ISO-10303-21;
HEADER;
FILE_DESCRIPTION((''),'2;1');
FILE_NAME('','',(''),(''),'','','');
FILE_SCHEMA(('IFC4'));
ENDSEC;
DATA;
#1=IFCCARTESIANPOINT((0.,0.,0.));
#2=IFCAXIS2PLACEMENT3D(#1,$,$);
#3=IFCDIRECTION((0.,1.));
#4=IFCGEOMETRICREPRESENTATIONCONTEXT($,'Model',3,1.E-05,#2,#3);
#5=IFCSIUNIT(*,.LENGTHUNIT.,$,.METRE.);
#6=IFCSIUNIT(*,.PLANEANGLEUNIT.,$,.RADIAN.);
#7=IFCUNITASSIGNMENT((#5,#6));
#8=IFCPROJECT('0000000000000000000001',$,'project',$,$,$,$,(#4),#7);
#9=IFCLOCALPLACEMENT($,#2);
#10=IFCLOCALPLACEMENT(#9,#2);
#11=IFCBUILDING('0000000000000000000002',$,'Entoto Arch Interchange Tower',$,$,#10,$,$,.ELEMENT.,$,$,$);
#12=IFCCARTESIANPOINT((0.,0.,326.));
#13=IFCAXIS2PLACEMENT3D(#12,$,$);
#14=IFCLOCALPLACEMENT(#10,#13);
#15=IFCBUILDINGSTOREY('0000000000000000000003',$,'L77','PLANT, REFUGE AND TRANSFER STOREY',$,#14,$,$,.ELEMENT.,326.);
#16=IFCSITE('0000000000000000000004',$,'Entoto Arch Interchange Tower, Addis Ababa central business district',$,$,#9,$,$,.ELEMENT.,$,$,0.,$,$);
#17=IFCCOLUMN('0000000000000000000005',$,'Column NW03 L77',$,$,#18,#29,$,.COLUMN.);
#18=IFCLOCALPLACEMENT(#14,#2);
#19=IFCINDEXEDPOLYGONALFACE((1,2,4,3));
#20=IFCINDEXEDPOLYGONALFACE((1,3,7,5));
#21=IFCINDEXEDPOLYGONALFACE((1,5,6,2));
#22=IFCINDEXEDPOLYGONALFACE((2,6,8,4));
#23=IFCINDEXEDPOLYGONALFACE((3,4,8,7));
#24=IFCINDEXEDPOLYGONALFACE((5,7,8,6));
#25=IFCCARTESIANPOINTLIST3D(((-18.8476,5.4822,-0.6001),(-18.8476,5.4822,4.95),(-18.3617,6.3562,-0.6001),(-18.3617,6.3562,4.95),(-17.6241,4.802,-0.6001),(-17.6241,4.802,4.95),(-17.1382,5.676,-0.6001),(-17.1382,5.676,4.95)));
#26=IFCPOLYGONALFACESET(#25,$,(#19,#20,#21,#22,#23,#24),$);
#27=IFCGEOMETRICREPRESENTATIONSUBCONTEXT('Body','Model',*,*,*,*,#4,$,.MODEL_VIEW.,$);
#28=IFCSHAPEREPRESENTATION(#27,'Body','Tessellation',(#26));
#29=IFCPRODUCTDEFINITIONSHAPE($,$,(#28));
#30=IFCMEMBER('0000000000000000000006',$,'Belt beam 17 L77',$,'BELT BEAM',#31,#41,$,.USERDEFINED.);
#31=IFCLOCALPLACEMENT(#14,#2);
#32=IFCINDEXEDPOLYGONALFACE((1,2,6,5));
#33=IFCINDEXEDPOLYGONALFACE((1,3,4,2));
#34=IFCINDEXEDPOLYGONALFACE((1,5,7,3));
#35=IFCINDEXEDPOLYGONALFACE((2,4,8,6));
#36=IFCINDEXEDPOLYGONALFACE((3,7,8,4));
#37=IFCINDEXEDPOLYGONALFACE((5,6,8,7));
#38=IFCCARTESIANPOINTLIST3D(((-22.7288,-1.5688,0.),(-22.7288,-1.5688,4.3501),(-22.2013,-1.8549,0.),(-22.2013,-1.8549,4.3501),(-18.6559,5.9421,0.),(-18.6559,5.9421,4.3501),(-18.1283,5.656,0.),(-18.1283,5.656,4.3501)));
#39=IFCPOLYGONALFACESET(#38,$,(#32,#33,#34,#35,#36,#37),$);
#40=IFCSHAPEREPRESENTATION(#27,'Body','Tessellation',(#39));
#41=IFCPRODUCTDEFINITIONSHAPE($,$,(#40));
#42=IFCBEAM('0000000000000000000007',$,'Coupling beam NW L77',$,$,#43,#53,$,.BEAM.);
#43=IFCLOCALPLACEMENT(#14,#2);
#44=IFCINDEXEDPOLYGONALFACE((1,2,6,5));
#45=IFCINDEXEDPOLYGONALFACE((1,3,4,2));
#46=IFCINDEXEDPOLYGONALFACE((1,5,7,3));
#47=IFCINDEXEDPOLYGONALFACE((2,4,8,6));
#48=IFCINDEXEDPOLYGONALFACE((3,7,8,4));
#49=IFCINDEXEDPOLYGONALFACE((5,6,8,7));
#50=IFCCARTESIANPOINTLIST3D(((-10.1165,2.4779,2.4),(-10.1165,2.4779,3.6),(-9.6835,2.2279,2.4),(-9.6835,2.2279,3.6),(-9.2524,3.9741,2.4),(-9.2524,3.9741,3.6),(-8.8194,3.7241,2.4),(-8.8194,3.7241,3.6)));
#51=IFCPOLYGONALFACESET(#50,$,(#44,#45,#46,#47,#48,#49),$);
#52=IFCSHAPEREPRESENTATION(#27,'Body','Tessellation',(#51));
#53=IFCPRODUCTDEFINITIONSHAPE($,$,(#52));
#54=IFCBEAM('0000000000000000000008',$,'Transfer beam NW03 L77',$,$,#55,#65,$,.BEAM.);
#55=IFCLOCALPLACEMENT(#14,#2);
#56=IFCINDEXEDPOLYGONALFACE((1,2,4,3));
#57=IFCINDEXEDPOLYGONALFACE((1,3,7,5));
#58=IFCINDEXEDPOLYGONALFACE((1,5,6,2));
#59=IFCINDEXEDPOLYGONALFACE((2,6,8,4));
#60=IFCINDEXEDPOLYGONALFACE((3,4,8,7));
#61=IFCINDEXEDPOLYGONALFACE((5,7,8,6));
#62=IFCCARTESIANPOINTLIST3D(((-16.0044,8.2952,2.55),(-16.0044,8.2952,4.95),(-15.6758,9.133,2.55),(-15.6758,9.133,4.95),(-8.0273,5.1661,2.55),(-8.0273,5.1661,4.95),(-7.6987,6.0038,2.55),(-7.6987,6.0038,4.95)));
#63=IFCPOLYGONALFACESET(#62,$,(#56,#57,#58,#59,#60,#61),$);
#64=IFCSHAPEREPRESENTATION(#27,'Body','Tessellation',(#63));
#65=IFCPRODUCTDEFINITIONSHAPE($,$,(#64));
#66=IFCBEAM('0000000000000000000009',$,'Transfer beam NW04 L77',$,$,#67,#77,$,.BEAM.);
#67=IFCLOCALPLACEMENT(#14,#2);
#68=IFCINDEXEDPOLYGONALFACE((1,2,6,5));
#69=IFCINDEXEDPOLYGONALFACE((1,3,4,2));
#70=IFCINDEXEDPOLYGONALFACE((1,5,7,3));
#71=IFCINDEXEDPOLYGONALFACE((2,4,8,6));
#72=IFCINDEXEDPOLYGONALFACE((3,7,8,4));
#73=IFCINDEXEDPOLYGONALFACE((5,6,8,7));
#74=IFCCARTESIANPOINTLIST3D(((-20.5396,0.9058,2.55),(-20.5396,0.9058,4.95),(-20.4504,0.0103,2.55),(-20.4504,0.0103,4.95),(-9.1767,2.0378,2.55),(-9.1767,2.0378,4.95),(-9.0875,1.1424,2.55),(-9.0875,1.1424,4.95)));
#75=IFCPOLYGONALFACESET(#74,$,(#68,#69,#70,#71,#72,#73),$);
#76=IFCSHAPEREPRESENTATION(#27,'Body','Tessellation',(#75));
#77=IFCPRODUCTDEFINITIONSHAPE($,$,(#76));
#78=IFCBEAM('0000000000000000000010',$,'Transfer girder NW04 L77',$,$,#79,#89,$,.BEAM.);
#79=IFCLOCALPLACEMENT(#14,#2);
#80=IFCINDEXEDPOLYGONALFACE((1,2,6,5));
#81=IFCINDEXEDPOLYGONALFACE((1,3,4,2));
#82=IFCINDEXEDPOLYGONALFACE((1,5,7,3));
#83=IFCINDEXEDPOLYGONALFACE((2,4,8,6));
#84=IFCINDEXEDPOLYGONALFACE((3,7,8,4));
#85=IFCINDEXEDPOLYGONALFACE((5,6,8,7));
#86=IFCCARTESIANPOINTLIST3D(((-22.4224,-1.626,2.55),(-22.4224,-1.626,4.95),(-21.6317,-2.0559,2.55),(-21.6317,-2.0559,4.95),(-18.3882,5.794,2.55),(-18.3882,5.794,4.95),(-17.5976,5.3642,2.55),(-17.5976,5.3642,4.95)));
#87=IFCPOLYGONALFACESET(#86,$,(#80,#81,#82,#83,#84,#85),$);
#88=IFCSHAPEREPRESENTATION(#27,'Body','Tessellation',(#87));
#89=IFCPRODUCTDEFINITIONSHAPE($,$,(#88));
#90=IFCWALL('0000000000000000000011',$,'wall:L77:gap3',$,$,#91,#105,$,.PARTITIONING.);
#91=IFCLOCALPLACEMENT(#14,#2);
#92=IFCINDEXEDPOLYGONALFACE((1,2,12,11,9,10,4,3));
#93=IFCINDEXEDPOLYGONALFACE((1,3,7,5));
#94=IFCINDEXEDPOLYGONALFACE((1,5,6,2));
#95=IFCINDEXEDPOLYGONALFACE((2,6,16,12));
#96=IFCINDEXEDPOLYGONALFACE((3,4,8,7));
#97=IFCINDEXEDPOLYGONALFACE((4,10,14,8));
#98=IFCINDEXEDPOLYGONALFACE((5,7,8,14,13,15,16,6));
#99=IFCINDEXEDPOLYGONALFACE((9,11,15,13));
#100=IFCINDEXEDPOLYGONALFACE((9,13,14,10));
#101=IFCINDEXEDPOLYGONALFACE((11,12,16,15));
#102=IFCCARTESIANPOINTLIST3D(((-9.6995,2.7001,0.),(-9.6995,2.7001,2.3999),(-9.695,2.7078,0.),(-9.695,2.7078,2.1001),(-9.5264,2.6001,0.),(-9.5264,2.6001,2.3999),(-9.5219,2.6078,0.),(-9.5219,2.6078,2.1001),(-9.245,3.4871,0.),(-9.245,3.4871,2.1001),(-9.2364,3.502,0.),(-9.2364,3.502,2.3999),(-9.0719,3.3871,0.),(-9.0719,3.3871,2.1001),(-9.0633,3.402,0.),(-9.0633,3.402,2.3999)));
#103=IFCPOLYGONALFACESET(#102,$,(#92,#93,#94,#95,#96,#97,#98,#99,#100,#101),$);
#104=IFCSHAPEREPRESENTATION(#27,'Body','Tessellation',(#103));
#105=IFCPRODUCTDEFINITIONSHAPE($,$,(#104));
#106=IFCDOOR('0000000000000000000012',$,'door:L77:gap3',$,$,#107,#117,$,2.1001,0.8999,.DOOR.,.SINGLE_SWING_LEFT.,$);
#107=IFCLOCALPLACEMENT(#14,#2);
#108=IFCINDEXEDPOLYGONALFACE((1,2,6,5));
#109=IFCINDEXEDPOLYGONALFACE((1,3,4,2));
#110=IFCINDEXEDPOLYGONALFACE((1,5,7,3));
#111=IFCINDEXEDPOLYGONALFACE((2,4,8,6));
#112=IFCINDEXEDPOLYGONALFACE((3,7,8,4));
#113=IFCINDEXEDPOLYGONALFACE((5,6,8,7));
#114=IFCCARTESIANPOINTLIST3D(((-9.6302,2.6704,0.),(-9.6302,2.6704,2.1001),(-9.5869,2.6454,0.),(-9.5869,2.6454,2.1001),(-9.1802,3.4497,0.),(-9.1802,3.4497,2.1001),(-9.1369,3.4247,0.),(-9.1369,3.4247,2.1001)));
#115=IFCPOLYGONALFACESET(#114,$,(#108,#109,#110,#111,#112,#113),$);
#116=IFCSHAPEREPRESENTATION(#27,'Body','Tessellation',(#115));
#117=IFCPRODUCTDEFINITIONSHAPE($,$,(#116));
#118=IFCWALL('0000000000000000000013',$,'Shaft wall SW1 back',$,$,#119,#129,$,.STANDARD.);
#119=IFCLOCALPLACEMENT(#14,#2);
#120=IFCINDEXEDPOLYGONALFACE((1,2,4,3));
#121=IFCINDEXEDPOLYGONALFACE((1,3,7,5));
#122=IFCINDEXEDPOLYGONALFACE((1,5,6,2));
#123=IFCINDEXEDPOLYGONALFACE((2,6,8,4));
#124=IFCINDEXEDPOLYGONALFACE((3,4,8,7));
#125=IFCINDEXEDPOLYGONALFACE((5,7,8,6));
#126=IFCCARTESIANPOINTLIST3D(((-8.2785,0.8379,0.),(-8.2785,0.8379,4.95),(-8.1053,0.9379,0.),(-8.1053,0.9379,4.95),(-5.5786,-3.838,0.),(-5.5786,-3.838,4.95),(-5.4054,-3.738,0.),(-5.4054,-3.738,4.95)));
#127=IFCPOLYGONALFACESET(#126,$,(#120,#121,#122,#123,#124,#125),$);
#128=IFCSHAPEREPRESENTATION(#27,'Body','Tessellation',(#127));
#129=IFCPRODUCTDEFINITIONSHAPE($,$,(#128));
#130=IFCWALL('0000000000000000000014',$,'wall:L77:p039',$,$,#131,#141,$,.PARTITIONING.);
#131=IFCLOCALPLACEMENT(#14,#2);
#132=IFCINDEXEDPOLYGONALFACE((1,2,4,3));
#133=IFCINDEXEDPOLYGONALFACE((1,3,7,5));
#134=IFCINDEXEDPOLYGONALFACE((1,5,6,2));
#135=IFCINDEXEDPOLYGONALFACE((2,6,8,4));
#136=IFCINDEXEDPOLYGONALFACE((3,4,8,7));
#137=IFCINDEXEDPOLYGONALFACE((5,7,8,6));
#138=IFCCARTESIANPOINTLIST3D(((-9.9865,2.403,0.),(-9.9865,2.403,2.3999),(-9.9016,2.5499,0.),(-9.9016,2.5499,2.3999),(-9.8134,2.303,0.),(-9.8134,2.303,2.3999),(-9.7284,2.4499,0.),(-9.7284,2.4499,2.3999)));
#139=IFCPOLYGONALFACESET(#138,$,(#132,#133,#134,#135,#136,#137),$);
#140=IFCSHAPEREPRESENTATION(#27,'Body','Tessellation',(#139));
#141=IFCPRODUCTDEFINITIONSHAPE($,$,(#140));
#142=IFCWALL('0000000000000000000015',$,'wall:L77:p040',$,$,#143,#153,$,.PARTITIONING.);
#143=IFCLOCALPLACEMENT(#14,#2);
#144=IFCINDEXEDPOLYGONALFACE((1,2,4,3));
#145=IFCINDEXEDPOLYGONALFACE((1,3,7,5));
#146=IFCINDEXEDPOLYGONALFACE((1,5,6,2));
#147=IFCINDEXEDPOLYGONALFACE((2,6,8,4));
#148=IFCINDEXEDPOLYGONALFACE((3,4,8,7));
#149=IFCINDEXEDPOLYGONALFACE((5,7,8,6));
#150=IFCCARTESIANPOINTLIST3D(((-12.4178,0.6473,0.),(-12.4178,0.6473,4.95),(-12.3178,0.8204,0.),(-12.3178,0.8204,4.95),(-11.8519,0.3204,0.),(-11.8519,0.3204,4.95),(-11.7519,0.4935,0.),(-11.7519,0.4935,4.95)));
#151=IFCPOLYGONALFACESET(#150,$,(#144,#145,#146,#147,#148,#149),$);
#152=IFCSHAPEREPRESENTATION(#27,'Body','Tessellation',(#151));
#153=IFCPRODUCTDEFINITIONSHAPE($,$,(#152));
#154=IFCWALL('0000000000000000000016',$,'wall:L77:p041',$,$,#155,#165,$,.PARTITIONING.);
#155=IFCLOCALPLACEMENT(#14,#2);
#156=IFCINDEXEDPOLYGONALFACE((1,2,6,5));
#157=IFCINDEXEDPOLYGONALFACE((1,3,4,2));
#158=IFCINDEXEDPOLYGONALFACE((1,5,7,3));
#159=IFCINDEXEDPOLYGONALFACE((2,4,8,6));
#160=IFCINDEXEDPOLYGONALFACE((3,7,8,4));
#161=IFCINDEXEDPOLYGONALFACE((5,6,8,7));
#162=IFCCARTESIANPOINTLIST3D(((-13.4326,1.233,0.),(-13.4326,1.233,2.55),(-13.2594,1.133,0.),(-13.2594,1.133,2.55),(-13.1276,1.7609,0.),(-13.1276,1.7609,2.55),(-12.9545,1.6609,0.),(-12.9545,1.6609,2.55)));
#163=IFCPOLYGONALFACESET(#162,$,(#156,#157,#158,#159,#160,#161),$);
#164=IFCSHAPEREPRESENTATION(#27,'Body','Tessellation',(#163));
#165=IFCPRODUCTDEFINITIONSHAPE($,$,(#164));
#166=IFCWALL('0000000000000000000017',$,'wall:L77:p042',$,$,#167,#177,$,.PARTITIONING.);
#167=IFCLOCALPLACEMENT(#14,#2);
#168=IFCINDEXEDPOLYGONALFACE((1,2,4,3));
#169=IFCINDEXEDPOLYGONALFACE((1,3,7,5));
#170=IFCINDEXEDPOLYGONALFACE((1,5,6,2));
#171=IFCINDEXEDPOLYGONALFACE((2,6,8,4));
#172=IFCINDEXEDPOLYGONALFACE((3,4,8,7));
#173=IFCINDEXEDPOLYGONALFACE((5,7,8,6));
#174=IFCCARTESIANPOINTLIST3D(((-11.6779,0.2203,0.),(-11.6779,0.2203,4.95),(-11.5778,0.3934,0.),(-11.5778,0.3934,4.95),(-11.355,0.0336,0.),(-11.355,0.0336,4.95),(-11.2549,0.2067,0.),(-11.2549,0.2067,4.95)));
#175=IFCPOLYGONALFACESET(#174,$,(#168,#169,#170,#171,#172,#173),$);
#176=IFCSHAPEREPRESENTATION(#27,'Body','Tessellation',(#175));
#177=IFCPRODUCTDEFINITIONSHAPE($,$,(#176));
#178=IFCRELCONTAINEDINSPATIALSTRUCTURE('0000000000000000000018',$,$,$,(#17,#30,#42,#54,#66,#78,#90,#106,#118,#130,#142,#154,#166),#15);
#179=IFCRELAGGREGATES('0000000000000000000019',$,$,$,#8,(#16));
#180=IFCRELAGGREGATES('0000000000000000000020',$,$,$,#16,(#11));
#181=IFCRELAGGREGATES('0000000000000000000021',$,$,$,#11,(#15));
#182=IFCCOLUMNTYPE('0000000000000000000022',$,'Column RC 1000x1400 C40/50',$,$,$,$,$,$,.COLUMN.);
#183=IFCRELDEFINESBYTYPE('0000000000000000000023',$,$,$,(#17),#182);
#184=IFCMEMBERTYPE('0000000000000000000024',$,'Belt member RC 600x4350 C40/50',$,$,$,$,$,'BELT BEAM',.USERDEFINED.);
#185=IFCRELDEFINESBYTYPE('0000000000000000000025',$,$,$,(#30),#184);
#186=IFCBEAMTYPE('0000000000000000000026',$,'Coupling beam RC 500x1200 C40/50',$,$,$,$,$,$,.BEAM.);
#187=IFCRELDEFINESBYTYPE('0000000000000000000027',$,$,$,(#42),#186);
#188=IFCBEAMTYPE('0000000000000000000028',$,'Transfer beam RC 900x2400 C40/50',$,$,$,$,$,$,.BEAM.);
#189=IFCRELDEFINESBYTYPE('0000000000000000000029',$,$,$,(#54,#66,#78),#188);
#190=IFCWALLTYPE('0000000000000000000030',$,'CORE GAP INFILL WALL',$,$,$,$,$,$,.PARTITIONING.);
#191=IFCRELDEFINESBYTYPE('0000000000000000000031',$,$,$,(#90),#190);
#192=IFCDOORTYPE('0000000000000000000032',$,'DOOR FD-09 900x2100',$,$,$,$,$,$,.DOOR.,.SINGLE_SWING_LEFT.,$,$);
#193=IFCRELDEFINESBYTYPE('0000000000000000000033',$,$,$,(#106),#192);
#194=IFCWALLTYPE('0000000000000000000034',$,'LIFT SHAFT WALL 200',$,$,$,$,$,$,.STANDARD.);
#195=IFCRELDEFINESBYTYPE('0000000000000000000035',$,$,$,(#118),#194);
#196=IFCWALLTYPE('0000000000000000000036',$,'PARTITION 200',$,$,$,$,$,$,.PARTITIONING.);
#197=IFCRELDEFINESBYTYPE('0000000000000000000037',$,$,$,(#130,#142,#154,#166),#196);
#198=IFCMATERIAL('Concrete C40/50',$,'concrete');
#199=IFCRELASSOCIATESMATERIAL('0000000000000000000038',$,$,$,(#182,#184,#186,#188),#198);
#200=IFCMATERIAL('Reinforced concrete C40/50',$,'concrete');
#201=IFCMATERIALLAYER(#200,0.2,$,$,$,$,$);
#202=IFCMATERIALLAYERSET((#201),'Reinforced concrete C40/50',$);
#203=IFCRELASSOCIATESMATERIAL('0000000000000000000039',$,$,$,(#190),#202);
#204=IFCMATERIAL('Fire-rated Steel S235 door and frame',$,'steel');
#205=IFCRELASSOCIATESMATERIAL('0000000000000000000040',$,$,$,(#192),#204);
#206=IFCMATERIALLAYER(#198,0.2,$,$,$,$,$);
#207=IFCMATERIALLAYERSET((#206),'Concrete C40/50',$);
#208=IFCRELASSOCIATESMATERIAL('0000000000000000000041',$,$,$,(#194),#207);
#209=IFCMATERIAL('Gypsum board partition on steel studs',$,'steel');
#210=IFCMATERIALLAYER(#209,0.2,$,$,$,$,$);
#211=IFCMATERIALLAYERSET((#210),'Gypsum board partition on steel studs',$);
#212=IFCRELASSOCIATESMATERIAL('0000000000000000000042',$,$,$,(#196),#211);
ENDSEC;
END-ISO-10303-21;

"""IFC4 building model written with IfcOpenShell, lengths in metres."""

from ifc_helpers import new_model, si_unit, direction, frame, frame_2d, origin, origin_2d, place, context, subcontext, project, spatial, rectangle, extrude, material, layer, layer_set, material_profile, profile_set, type_object, element, fill, save


model = new_model("IFC4")

# Units and contexts
model_context = context("Model", 3, precision=1e-05, world=origin(), true_north=direction((0.0, 1.0)))
body_context = subcontext(model_context, "Body", "Model", "MODEL_VIEW")
ifc_project = project(units=[si_unit("LENGTHUNIT", "METRE"), si_unit("PLANEANGLEUNIT", "RADIAN")], contexts=[model_context])

# Site, building, storey
site_placement = place(None, origin())
site = spatial("IfcSite", under=ifc_project, at=site_placement, Name="Entoto Arch Interchange Tower, Addis Ababa central business district", CompositionType="ELEMENT", RefElevation=0.0)
building_placement = place(site_placement, origin())
building = spatial("IfcBuilding", under=site, at=building_placement, Name="Entoto Arch Interchange Tower", CompositionType="ELEMENT")
storey_placement = place(building_placement, frame((0.0, 0.0, 326.0)))
storey = spatial("IfcBuildingStorey", under=building, at=storey_placement, Name="L77", Description="PLANT, REFUGE AND TRANSFER STOREY", CompositionType="ELEMENT", Elevation=326.0)

# Column
ifc_material_1 = material(Name="Concrete C40/50", Category="concrete")
ifc_material_profile_1 = material_profile(ifc_material_1, rectangle(XDim=1.0, YDim=1.3999, at=origin_2d()))
ifc_profile_set_1 = profile_set([ifc_material_profile_1], Name="Concrete C40/50")
column_type = type_object("IfcColumnType", Name="Column RC 1000x1400 C40/50", PredefinedType="COLUMN", material=ifc_profile_set_1)
column_placement = place(storey_placement, frame((-17.9929, 5.5791, -0.6001), z_axis=(0.0, 0.0, 1.0), x_axis=(0.485924, 0.874001, 0.0)))
element("IfcColumn", 1, at=column_placement, inside=storey, type_object=column_type, Name="Column NW03 L77", PredefinedType="COLUMN", context=body_context, shape_type="SweptSolid", body=[
    extrude(rectangle(XDim=1.0, YDim=1.3999, at=origin_2d()), origin(), (0.0, 0.0, 1.0), 5.55),
])

# Member
ifc_material_profile_2 = material_profile(ifc_material_1, rectangle(XDim=0.6001, YDim=4.3501, at=origin_2d()))
ifc_profile_set_2 = profile_set([ifc_material_profile_2], Name="Concrete C40/50")
member_type = type_object("IfcMemberType", Name="Belt member RC 600x4350 C40/50", ElementType="BELT BEAM", PredefinedType="USERDEFINED", material=ifc_profile_set_2)
member_placement = place(storey_placement, frame((-18.3921, 5.7991, 2.175), z_axis=(-0.476695, -0.879069, 0.0), x_axis=(0.879069, -0.476695, 0.0)))
element("IfcMember", 2, at=member_placement, inside=storey, type_object=member_type, Name="Belt beam 17 L77", ObjectType="BELT BEAM", PredefinedType="USERDEFINED", context=body_context, shape_type="SweptSolid", body=[
    extrude(rectangle(XDim=0.6001, YDim=4.3501, at=origin_2d()), origin(), (0.0, 0.0, 1.0), 8.5442),
])

# Beams
ifc_material_profile_3 = material_profile(ifc_material_1, rectangle(XDim=0.5, YDim=1.2, at=origin_2d()))
ifc_profile_set_3 = profile_set([ifc_material_profile_3], Name="Concrete C40/50")
beam_type_1 = type_object("IfcBeamType", Name="Coupling beam RC 500x1200 C40/50", PredefinedType="BEAM", material=ifc_profile_set_3)
beam_1_placement = place(storey_placement, frame((-9.0359, 3.8491, 3.0), z_axis=(-0.500106, -0.865964, 0.0), x_axis=(0.865964, -0.500106, 0.0)))
element("IfcBeam", 3, at=beam_1_placement, inside=storey, type_object=beam_type_1, Name="Coupling beam NW L77", PredefinedType="BEAM", context=body_context, shape_type="SweptSolid", body=[
    extrude(rectangle(XDim=0.5, YDim=1.2, at=origin_2d()), origin(), (0.0, 0.0, 1.0), 1.7278),
])
ifc_material_profile_4 = material_profile(ifc_material_1, rectangle(XDim=0.8999, YDim=2.3999, at=origin_2d()))
ifc_profile_set_4 = profile_set([ifc_material_profile_4], Name="Concrete C40/50")
beam_type_2 = type_object("IfcBeamType", Name="Transfer beam RC 900x2400 C40/50", PredefinedType="BEAM", material=ifc_profile_set_4)
beam_2_placement = place(storey_placement, frame((-7.863, 5.585, 3.75), z_axis=(-0.930938, 0.365178, 0.0), x_axis=(-0.365178, -0.930938, 0.0)))
element("IfcBeam", 4, at=beam_2_placement, inside=storey, type_object=beam_type_2, Name="Transfer beam NW03 L77", PredefinedType="BEAM", context=body_context, shape_type="SweptSolid", body=[
    extrude(rectangle(XDim=0.8999, YDim=2.3999, at=origin_2d()), origin(), (0.0, 0.0, 1.0), 8.5688),
])
beam_3_placement = place(storey_placement, frame((-9.1321, 1.5901, 3.75), z_axis=(-0.995074, -0.099138, 0.0), x_axis=(0.099138, -0.995074, 0.0)))
element("IfcBeam", 5, at=beam_3_placement, inside=storey, type_object=beam_type_2, Name="Transfer beam NW04 L77", PredefinedType="BEAM", context=body_context, shape_type="SweptSolid", body=[
    extrude(rectangle(XDim=0.8999, YDim=2.3999, at=origin_2d()), origin(), (0.0, 0.0, 1.0), 11.4192),
])
beam_4_placement = place(storey_placement, frame((-17.9929, 5.5791, 3.75), z_axis=(-0.477649, -0.878551, 0.0), x_axis=(0.878551, -0.477649, 0.0)))
element("IfcBeam", 6, at=beam_4_placement, inside=storey, type_object=beam_type_2, Name="Transfer girder NW04 L77", PredefinedType="BEAM", context=body_context, shape_type="SweptSolid", body=[
    extrude(rectangle(XDim=0.8999, YDim=2.3999, at=origin_2d()), origin(), (0.0, 0.0, 1.0), 8.4458),
])

# Wall, opening, door
ifc_material_2 = material(Name="Reinforced concrete C40/50", Category="concrete")
ifc_layer_1 = layer(ifc_material_2, 0.2)
ifc_layer_set_1 = layer_set([ifc_layer_1], Name="Reinforced concrete C40/50")
wall_type_1 = type_object("IfcWallType", Name="CORE GAP INFILL WALL", PredefinedType="PARTITIONING", material=ifc_layer_set_1)
wall_1_placement = place(storey_placement, frame((-9.1499, 3.4519, 0.0), z_axis=(0.0, 0.0, 1.0), x_axis=(-0.50008, -0.865979, 0.0)))
wall_1 = element("IfcWall", 7, at=wall_1_placement, inside=storey, type_object=wall_type_1, Name="wall:L77:gap3", PredefinedType="PARTITIONING", context=body_context, shape_type="SweptSolid", body=[
    extrude(rectangle(XDim=0.926, YDim=0.2, at=frame_2d((0.4629, 0.0))), origin(), (0.0, 0.0, 1.0), 2.3999),
])
opening_1_placement = place(wall_1_placement, frame((0.0171, 0.0, 0.0)))
opening_1 = element("IfcOpeningElement", 8, at=opening_1_placement, cuts=wall_1, PredefinedType="OPENING", context=body_context, shape_type="SweptSolid", body=[
    extrude(rectangle(XDim=0.8999, YDim=2.1001, at=frame_2d((0.45, 1.05))), frame((0.0, 0.1099, 0.0), z_axis=(0.0, -1.0, 0.0), x_axis=(1.0, 0.0, 0.0)), (0.0, 0.0, 1.0), 0.22),
])
ifc_material_3 = material(Name="Fire-rated Steel S235 door and frame", Category="steel")
door_type_1 = type_object("IfcDoorType", Name="DOOR FD-09 900x2100", OperationType="SINGLE_SWING_LEFT", PredefinedType="DOOR", material=ifc_material_3)
door_1_placement = place(opening_1_placement, origin())
door_1 = element("IfcDoor", 9, at=door_1_placement, inside=storey, type_object=door_type_1, Name="door:L77:gap3", OperationType="SINGLE_SWING_LEFT", OverallHeight=2.1001, OverallWidth=0.8999, PredefinedType="DOOR", context=body_context, shape_type="SweptSolid", body=[
    extrude(rectangle(XDim=0.8999, YDim=2.1001, at=frame_2d((0.45, 1.05))), frame((0.0, 0.0249, 0.0), z_axis=(0.0, -1.0, 0.0), x_axis=(1.0, 0.0, 0.0)), (0.0, 0.0, 1.0), 0.05),
])
fill(opening_1, door_1)

# Walls
ifc_layer_2 = layer(ifc_material_1, 0.2)
ifc_layer_set_2 = layer_set([ifc_layer_2], Name="Concrete C40/50")
wall_type_2 = type_object("IfcWallType", Name="LIFT SHAFT WALL 200", PredefinedType="STANDARD", material=ifc_layer_set_2)
wall_2_placement = place(storey_placement, frame((-8.1919, 0.8879, 0.0), z_axis=(0.0, 0.0, 1.0), x_axis=(0.500034, -0.866006, 0.0)))
element("IfcWall", 10, at=wall_2_placement, inside=storey, type_object=wall_type_2, Name="Shaft wall SW1 back", PredefinedType="STANDARD", context=body_context, shape_type="SweptSolid", body=[
    extrude(rectangle(XDim=5.3994, YDim=0.2, at=frame_2d((2.6997, 0.0))), origin(), (0.0, 0.0, 1.0), 4.95),
])
ifc_material_4 = material(Name="Gypsum board partition on steel studs", Category="steel")
ifc_layer_3 = layer(ifc_material_4, 0.2)
ifc_layer_set_3 = layer_set([ifc_layer_3], Name="Gypsum board partition on steel studs")
wall_type_3 = type_object("IfcWallType", Name="PARTITION 200", PredefinedType="PARTITIONING", material=ifc_layer_set_3)
wall_3_placement = place(storey_placement, frame((-9.8149, 2.5, 0.0), z_axis=(0.0, 0.0, 1.0), x_axis=(-0.500469, -0.865754, 0.0)))
element("IfcWall", 11, at=wall_3_placement, inside=storey, type_object=wall_type_3, Name="wall:L77:p039", PredefinedType="PARTITIONING", context=body_context, shape_type="SweptSolid", body=[
    extrude(rectangle(XDim=0.1697, YDim=0.2, at=frame_2d((0.085, 0.0))), origin(), (0.0, 0.0, 1.0), 2.3999),
])
wall_4_placement = place(storey_placement, frame((-11.802, 0.407, 0.0), z_axis=(0.0, 0.0, 1.0), x_axis=(-0.865912, 0.500197, 0.0)))
element("IfcWall", 12, at=wall_4_placement, inside=storey, type_object=wall_type_3, Name="wall:L77:p040", PredefinedType="PARTITIONING", context=body_context, shape_type="SweptSolid", body=[
    extrude(rectangle(XDim=0.6536, YDim=0.2, at=frame_2d((0.3267, 0.0))), origin(), (0.0, 0.0, 1.0), 4.95),
])
wall_5_placement = place(storey_placement, frame((-13.3459, 1.1831, 0.0), z_axis=(0.0, 0.0, 1.0), x_axis=(0.500231, 0.865892, 0.0)))
element("IfcWall", 13, at=wall_5_placement, inside=storey, type_object=wall_type_3, Name="wall:L77:p041", PredefinedType="PARTITIONING", context=body_context, shape_type="SweptSolid", body=[
    extrude(rectangle(XDim=0.6096, YDim=0.2, at=frame_2d((0.3047, 0.0))), origin(), (0.0, 0.0, 1.0), 2.55),
])
wall_6_placement = place(storey_placement, frame((-11.3049, 0.1201, 0.0), z_axis=(0.0, 0.0, 1.0), x_axis=(-0.865695, 0.500572, 0.0)))
element("IfcWall", 14, at=wall_6_placement, inside=storey, type_object=wall_type_3, Name="wall:L77:p042", PredefinedType="PARTITIONING", context=body_context, shape_type="SweptSolid", body=[
    extrude(rectangle(XDim=0.373, YDim=0.2, at=frame_2d((0.1865, 0.0))), origin(), (0.0, 0.0, 1.0), 4.95),
])

save(model, "model.ifc")
